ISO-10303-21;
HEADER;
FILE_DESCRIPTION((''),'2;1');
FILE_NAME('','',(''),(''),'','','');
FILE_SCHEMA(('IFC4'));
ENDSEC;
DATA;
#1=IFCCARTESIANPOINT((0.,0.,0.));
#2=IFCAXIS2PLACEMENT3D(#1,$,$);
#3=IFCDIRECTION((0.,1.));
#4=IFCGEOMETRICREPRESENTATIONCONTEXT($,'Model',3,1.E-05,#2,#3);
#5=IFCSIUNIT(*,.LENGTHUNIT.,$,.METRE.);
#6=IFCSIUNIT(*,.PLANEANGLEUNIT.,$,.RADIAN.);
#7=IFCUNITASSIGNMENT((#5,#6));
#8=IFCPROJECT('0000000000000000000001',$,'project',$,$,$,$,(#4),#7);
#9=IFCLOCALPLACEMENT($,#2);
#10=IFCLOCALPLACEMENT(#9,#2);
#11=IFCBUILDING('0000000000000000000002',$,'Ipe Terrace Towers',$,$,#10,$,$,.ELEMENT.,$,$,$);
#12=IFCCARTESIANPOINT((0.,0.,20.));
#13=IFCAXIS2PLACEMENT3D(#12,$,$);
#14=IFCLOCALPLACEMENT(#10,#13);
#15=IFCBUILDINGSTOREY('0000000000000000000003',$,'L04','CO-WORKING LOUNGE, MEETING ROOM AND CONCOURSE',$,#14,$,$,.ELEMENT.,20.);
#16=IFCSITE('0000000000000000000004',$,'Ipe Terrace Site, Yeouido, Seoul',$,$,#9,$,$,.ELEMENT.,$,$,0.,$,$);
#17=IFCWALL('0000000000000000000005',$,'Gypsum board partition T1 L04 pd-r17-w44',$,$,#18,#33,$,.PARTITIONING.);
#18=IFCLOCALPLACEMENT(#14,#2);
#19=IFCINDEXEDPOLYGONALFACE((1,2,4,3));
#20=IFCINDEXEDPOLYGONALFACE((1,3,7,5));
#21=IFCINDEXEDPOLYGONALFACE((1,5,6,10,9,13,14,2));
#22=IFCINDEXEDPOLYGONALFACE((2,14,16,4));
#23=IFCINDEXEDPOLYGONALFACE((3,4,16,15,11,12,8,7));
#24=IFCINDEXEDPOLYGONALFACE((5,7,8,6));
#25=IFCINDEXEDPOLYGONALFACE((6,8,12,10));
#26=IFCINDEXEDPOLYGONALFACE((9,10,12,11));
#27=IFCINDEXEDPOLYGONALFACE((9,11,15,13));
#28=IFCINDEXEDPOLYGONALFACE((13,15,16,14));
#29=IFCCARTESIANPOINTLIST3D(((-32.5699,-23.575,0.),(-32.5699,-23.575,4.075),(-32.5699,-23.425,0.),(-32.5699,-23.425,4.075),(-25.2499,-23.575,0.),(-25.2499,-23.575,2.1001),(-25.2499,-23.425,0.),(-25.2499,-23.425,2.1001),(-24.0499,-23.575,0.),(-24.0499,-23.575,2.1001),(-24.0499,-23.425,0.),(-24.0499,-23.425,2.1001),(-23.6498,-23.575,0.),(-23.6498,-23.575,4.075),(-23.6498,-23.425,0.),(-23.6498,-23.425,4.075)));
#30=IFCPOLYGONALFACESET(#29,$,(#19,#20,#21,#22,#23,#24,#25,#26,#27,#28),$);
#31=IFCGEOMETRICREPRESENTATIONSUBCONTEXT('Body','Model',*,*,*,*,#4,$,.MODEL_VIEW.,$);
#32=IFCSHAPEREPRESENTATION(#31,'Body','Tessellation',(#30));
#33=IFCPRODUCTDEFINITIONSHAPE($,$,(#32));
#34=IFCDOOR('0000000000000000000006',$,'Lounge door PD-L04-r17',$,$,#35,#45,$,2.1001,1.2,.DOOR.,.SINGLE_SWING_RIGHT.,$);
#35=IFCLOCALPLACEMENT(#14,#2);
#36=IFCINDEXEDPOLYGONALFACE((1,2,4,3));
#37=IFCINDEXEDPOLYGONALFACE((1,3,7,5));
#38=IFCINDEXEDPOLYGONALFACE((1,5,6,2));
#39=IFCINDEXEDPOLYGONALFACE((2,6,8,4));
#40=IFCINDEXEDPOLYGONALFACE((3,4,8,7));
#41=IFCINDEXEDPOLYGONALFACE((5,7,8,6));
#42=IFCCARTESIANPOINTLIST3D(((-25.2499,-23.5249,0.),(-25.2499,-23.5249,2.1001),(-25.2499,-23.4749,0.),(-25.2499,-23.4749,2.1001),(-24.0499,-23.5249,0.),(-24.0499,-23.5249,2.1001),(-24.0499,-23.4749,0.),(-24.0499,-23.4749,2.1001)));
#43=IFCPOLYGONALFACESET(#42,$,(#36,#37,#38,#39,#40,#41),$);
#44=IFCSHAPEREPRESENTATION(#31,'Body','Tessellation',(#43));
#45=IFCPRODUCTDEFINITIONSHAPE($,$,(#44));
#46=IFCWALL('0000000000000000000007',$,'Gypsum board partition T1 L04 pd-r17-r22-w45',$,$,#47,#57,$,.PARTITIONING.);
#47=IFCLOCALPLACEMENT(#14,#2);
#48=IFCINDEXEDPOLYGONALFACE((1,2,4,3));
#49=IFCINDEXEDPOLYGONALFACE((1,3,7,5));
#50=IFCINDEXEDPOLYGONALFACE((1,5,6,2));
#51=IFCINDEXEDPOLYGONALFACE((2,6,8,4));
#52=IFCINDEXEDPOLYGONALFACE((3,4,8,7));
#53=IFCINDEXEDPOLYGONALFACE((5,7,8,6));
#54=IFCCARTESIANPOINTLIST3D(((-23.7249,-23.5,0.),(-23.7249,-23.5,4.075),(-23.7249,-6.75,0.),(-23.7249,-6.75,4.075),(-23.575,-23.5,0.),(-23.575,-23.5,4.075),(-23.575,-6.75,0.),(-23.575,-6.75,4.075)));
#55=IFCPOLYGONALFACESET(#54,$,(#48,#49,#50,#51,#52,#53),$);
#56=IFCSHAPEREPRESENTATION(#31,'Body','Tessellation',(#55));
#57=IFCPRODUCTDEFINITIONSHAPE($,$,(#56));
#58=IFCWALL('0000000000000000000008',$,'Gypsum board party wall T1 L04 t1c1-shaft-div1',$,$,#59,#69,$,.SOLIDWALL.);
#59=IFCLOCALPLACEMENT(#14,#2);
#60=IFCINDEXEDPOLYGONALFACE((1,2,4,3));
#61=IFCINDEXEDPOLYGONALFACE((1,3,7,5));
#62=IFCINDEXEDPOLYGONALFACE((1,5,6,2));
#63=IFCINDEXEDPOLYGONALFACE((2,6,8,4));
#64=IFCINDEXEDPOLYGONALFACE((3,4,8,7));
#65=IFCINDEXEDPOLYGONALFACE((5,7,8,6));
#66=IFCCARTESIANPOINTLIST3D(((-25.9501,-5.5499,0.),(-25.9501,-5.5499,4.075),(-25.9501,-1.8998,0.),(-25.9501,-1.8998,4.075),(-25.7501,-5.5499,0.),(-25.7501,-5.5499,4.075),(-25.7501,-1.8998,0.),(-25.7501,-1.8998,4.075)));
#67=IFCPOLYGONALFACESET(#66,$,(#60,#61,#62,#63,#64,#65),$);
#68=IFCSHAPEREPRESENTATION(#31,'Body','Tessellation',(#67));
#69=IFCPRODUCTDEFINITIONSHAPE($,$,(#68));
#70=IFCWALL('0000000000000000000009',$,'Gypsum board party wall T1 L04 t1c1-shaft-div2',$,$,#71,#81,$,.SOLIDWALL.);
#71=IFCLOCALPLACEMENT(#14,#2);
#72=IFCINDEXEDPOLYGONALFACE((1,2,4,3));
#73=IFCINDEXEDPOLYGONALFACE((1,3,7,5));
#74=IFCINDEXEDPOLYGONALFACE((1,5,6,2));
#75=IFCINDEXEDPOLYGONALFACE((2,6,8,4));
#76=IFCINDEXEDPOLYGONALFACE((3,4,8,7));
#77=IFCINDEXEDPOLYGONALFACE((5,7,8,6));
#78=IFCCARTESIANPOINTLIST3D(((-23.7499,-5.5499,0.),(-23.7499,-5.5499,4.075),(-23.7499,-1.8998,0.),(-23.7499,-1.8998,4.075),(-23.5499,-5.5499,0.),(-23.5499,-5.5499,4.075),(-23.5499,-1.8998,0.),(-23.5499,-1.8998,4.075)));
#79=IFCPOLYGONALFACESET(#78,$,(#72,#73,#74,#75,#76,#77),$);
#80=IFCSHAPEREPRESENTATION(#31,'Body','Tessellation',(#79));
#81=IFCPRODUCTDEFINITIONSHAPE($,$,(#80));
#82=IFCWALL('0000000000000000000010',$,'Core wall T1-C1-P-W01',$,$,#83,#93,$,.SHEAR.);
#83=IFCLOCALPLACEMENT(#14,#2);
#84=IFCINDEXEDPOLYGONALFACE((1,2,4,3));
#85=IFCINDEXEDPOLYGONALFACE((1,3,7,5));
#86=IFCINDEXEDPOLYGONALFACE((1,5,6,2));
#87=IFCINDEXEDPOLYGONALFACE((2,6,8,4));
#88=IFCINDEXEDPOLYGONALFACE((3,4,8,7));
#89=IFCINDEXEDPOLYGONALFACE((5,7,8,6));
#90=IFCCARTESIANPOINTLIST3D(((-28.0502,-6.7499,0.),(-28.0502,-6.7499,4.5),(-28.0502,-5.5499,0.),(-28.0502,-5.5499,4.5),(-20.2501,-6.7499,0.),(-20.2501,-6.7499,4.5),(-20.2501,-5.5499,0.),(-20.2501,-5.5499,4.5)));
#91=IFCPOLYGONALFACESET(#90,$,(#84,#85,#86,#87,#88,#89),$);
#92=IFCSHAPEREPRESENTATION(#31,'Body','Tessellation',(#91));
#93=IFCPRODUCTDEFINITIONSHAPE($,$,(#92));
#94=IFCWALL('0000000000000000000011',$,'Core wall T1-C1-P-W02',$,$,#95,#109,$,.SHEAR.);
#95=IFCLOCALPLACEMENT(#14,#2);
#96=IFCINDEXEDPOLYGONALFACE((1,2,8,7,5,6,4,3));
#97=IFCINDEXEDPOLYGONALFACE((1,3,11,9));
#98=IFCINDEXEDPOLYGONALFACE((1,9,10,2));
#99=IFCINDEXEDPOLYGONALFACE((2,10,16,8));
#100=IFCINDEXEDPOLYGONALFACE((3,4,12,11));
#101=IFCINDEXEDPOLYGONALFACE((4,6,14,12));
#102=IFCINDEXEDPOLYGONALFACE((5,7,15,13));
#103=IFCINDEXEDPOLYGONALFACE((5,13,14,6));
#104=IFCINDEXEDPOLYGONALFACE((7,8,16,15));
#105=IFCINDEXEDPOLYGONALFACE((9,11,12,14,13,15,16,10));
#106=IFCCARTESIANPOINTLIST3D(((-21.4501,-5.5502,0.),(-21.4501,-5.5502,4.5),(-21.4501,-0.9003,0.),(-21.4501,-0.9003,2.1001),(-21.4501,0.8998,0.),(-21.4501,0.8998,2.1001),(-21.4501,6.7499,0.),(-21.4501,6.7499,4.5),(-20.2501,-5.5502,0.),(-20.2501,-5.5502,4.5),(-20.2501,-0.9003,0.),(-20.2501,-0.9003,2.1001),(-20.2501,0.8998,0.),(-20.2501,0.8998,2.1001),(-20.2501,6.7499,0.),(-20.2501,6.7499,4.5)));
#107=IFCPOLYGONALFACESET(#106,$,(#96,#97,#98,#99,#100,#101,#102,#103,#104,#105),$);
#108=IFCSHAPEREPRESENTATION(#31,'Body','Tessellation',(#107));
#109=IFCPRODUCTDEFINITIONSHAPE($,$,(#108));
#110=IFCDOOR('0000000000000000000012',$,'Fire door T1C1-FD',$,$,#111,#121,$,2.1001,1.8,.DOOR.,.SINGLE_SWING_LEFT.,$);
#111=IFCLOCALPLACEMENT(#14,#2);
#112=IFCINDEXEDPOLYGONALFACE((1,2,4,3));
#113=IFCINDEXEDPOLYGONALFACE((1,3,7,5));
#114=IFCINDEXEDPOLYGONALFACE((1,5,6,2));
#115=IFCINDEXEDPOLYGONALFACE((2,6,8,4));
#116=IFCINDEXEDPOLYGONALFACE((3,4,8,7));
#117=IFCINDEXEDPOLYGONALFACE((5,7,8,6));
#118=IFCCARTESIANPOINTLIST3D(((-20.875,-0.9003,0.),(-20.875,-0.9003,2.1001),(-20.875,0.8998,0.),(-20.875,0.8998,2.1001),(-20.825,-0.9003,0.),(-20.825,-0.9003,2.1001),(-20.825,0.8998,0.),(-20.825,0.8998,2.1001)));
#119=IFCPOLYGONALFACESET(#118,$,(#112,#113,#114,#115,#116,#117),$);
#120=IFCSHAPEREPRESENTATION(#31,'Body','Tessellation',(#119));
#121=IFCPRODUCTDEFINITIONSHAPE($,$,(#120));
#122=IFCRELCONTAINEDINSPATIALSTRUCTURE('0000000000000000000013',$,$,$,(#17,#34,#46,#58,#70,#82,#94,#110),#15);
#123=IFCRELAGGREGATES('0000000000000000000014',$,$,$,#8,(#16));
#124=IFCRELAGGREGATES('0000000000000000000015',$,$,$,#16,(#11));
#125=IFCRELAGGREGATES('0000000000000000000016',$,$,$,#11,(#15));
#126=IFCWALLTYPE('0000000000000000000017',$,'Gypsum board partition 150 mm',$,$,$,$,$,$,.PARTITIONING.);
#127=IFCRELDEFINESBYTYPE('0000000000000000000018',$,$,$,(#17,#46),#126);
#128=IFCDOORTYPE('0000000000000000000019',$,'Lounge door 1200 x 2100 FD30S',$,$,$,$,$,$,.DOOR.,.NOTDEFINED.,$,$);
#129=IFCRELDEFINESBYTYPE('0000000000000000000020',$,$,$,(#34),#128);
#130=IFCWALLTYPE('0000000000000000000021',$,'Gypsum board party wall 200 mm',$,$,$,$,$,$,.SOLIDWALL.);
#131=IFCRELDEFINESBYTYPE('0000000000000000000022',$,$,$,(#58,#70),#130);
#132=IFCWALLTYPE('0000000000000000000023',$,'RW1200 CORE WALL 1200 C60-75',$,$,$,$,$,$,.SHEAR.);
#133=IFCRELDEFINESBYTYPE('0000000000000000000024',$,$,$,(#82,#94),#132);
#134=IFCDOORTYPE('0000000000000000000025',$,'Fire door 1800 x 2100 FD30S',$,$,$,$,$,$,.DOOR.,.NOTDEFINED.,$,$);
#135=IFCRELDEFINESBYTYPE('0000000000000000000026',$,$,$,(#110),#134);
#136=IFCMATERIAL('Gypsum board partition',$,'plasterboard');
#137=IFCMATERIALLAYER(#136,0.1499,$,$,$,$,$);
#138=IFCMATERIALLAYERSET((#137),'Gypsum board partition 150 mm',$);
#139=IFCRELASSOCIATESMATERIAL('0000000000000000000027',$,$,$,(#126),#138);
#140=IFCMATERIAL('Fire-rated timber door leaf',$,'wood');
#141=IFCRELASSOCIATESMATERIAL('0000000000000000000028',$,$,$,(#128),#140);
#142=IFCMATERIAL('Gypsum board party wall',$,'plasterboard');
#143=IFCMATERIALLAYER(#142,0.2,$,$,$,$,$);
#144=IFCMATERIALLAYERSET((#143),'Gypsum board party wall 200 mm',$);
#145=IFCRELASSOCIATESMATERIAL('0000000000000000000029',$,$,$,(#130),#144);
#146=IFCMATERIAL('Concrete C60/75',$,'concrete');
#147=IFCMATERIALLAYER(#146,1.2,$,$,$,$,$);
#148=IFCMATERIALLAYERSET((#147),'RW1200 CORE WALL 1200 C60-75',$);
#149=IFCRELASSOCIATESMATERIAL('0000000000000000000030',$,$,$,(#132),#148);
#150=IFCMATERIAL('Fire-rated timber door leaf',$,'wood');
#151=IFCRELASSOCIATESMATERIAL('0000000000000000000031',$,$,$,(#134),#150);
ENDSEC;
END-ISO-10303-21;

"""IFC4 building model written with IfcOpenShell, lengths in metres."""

from ifc_helpers import new_model, si_unit, direction, frame, frame_2d, origin, place, context, subcontext, project, spatial, rectangle, extrude, material, layer, layer_set, type_object, element, fill, save


model = new_model("IFC4")

# Units and contexts
model_context = context("Model", 3, precision=1e-05, world=origin(), true_north=direction((0.0, 1.0)))
body_context = subcontext(model_context, "Body", "Model", "MODEL_VIEW")
ifc_project = project(units=[si_unit("LENGTHUNIT", "METRE"), si_unit("PLANEANGLEUNIT", "RADIAN")], contexts=[model_context])

# Site, building, storey
site_placement = place(None, origin())
site = spatial("IfcSite", under=ifc_project, at=site_placement, Name="Ipe Terrace Site, Yeouido, Seoul", CompositionType="ELEMENT", RefElevation=0.0)
building_placement = place(site_placement, origin())
building = spatial("IfcBuilding", under=site, at=building_placement, Name="Ipe Terrace Towers", CompositionType="ELEMENT")
storey_placement = place(building_placement, frame((0.0, 0.0, 20.0)))
storey = spatial("IfcBuildingStorey", under=building, at=storey_placement, Name="L04", Description="CO-WORKING LOUNGE, MEETING ROOM AND CONCOURSE", CompositionType="ELEMENT", Elevation=20.0)

# Shared definitions
ifc_material_1 = material(Name="Gypsum board partition", Category="plasterboard")
ifc_layer_1 = layer(ifc_material_1, 0.1499)
ifc_layer_set_1 = layer_set([ifc_layer_1], Name="Gypsum board partition 150 mm")
wall_type_1 = type_object("IfcWallType", Name="Gypsum board partition 150 mm", PredefinedType="PARTITIONING", material=ifc_layer_set_1)
ifc_material_2 = material(Name="Fire-rated timber door leaf", Category="wood")
door_type_1 = type_object("IfcDoorType", Name="Lounge door 1200 x 2100 FD30S", OperationType="NOTDEFINED", PredefinedType="DOOR", material=ifc_material_2)

# Wall, opening, door
wall_1_placement = place(storey_placement, frame((-23.6499, -23.5, 0.0), z_axis=(0.0, 0.0, 1.0), x_axis=(-1.0, 0.0, 0.0)))
wall_1 = element("IfcWall", 1, at=wall_1_placement, inside=storey, type_object=wall_type_1, Name="Gypsum board partition T1 L04 pd-r17-w44", PredefinedType="PARTITIONING", context=body_context, shape_type="SweptSolid", body=[
    extrude(rectangle(XDim=8.9202, YDim=0.1499, at=frame_2d((4.46, 0.0))), origin(), (0.0, 0.0, 1.0), 4.075),
])
opening_1_placement = place(wall_1_placement, frame((0.3999, 0.0, 0.0)))
opening_1 = element("IfcOpeningElement", 2, at=opening_1_placement, cuts=wall_1, PredefinedType="OPENING", context=body_context, shape_type="SweptSolid", body=[
    extrude(rectangle(XDim=1.2, YDim=2.1001, at=frame_2d((0.6001, 1.05))), frame((0.0, 0.085, 0.0), z_axis=(0.0, -1.0, 0.0), x_axis=(1.0, 0.0, 0.0)), (0.0, 0.0, 1.0), 0.1699),
])
door_1_placement = place(opening_1_placement, origin())
door_1 = element("IfcDoor", 3, at=door_1_placement, inside=storey, type_object=door_type_1, Name="Lounge door PD-L04-r17", OperationType="SINGLE_SWING_RIGHT", OverallHeight=2.1001, OverallWidth=1.2, PredefinedType="DOOR", context=body_context, shape_type="SweptSolid", body=[
    extrude(rectangle(XDim=1.2, YDim=2.1001, at=frame_2d((0.6001, 1.05))), frame((0.0, 0.0249, 0.0), z_axis=(0.0, -1.0, 0.0), x_axis=(1.0, 0.0, 0.0)), (0.0, 0.0, 1.0), 0.05),
])
fill(opening_1, door_1)

# Walls
wall_2_placement = place(storey_placement, frame((-23.6499, -6.75, 0.0), z_axis=(0.0, 0.0, 1.0), x_axis=(0.0, -1.0, 0.0)))
element("IfcWall", 4, at=wall_2_placement, inside=storey, type_object=wall_type_1, Name="Gypsum board partition T1 L04 pd-r17-r22-w45", PredefinedType="PARTITIONING", context=body_context, shape_type="SweptSolid", body=[
    extrude(rectangle(XDim=16.75, YDim=0.1499, at=frame_2d((8.375, 0.0))), origin(), (0.0, 0.0, 1.0), 4.075),
])
ifc_material_3 = material(Name="Gypsum board party wall", Category="plasterboard")
ifc_layer_2 = layer(ifc_material_3, 0.2)
ifc_layer_set_2 = layer_set([ifc_layer_2], Name="Gypsum board party wall 200 mm")
wall_type_2 = type_object("IfcWallType", Name="Gypsum board party wall 200 mm", PredefinedType="SOLIDWALL", material=ifc_layer_set_2)
for number, where, z_axis, x_axis, name in (
    (5, (-25.8501, -5.55, 0.0), (0.0, 0.0, 1.0), (0.0, 1.0, 0.0), "Gypsum board party wall T1 L04 t1c1-shaft-div1"),
    (6, (-23.6499, -5.55, 0.0), (0.0, 0.0, 1.0), (0.0, 1.0, 0.0), "Gypsum board party wall T1 L04 t1c1-shaft-div2"),
):
    element("IfcWall", number, at=place(storey_placement, frame(where, z_axis=z_axis, x_axis=x_axis)), inside=storey, type_object=wall_type_2, Name=name, PredefinedType="SOLIDWALL", context=body_context, shape_type="SweptSolid", body=[
        extrude(rectangle(XDim=3.6501, YDim=0.2, at=frame_2d((1.8252, 0.0))), origin(), (0.0, 0.0, 1.0), 4.075),
    ])
ifc_material_4 = material(Name="Concrete C60/75", Category="concrete")
ifc_layer_3 = layer(ifc_material_4, 1.2)
ifc_layer_set_3 = layer_set([ifc_layer_3], Name="RW1200 CORE WALL 1200 C60-75")
wall_type_3 = type_object("IfcWallType", Name="RW1200 CORE WALL 1200 C60-75", PredefinedType="SHEAR", material=ifc_layer_set_3)
wall_3_placement = place(storey_placement, frame((-28.05, -6.1499, 0.0), z_axis=(0.0, 0.0, 1.0), x_axis=(1.0, 0.0, 0.0)))
element("IfcWall", 7, at=wall_3_placement, inside=storey, type_object=wall_type_3, Name="Core wall T1-C1-P-W01", PredefinedType="SHEAR", context=body_context, shape_type="SweptSolid", body=[
    extrude(rectangle(XDim=7.8, YDim=1.2, at=frame_2d((3.8999, 0.0))), origin(), (0.0, 0.0, 1.0), 4.5),
])

# Wall, opening, door
wall_4_placement = place(storey_placement, frame((-20.8501, -5.55, 0.0), z_axis=(0.0, 0.0, 1.0), x_axis=(0.0, 1.0, 0.0)))
wall_4 = element("IfcWall", 8, at=wall_4_placement, inside=storey, type_object=wall_type_3, Name="Core wall T1-C1-P-W02", PredefinedType="SHEAR", context=body_context, shape_type="SweptSolid", body=[
    extrude(rectangle(XDim=12.3, YDim=1.2, at=frame_2d((6.1499, 0.0))), origin(), (0.0, 0.0, 1.0), 4.5),
])
opening_2_placement = place(wall_4_placement, frame((4.6499, 0.0, 0.0)))
opening_2 = element("IfcOpeningElement", 9, at=opening_2_placement, cuts=wall_4, PredefinedType="OPENING", context=body_context, shape_type="SweptSolid", body=[
    extrude(rectangle(XDim=1.8, YDim=2.1001, at=frame_2d((0.8999, 1.05))), frame((0.0, 0.6099, 0.0), z_axis=(0.0, -1.0, 0.0), x_axis=(1.0, 0.0, 0.0)), (0.0, 0.0, 1.0), 1.22),
])
ifc_material_5 = material(Name="Fire-rated timber door leaf", Category="wood")
door_type_2 = type_object("IfcDoorType", Name="Fire door 1800 x 2100 FD30S", OperationType="NOTDEFINED", PredefinedType="DOOR", material=ifc_material_5)
door_2_placement = place(opening_2_placement, origin())
door_2 = element("IfcDoor", 10, at=door_2_placement, inside=storey, type_object=door_type_2, Name="Fire door T1C1-FD", OperationType="SINGLE_SWING_LEFT", OverallHeight=2.1001, OverallWidth=1.8, PredefinedType="DOOR", context=body_context, shape_type="SweptSolid", body=[
    extrude(rectangle(XDim=1.8, YDim=2.1001, at=frame_2d((0.8999, 1.05))), frame((0.0, 0.0249, 0.0), z_axis=(0.0, -1.0, 0.0), x_axis=(1.0, 0.0, 0.0)), (0.0, 0.0, 1.0), 0.05),
])
fill(opening_2, door_2)

save(model, "model.ifc")
